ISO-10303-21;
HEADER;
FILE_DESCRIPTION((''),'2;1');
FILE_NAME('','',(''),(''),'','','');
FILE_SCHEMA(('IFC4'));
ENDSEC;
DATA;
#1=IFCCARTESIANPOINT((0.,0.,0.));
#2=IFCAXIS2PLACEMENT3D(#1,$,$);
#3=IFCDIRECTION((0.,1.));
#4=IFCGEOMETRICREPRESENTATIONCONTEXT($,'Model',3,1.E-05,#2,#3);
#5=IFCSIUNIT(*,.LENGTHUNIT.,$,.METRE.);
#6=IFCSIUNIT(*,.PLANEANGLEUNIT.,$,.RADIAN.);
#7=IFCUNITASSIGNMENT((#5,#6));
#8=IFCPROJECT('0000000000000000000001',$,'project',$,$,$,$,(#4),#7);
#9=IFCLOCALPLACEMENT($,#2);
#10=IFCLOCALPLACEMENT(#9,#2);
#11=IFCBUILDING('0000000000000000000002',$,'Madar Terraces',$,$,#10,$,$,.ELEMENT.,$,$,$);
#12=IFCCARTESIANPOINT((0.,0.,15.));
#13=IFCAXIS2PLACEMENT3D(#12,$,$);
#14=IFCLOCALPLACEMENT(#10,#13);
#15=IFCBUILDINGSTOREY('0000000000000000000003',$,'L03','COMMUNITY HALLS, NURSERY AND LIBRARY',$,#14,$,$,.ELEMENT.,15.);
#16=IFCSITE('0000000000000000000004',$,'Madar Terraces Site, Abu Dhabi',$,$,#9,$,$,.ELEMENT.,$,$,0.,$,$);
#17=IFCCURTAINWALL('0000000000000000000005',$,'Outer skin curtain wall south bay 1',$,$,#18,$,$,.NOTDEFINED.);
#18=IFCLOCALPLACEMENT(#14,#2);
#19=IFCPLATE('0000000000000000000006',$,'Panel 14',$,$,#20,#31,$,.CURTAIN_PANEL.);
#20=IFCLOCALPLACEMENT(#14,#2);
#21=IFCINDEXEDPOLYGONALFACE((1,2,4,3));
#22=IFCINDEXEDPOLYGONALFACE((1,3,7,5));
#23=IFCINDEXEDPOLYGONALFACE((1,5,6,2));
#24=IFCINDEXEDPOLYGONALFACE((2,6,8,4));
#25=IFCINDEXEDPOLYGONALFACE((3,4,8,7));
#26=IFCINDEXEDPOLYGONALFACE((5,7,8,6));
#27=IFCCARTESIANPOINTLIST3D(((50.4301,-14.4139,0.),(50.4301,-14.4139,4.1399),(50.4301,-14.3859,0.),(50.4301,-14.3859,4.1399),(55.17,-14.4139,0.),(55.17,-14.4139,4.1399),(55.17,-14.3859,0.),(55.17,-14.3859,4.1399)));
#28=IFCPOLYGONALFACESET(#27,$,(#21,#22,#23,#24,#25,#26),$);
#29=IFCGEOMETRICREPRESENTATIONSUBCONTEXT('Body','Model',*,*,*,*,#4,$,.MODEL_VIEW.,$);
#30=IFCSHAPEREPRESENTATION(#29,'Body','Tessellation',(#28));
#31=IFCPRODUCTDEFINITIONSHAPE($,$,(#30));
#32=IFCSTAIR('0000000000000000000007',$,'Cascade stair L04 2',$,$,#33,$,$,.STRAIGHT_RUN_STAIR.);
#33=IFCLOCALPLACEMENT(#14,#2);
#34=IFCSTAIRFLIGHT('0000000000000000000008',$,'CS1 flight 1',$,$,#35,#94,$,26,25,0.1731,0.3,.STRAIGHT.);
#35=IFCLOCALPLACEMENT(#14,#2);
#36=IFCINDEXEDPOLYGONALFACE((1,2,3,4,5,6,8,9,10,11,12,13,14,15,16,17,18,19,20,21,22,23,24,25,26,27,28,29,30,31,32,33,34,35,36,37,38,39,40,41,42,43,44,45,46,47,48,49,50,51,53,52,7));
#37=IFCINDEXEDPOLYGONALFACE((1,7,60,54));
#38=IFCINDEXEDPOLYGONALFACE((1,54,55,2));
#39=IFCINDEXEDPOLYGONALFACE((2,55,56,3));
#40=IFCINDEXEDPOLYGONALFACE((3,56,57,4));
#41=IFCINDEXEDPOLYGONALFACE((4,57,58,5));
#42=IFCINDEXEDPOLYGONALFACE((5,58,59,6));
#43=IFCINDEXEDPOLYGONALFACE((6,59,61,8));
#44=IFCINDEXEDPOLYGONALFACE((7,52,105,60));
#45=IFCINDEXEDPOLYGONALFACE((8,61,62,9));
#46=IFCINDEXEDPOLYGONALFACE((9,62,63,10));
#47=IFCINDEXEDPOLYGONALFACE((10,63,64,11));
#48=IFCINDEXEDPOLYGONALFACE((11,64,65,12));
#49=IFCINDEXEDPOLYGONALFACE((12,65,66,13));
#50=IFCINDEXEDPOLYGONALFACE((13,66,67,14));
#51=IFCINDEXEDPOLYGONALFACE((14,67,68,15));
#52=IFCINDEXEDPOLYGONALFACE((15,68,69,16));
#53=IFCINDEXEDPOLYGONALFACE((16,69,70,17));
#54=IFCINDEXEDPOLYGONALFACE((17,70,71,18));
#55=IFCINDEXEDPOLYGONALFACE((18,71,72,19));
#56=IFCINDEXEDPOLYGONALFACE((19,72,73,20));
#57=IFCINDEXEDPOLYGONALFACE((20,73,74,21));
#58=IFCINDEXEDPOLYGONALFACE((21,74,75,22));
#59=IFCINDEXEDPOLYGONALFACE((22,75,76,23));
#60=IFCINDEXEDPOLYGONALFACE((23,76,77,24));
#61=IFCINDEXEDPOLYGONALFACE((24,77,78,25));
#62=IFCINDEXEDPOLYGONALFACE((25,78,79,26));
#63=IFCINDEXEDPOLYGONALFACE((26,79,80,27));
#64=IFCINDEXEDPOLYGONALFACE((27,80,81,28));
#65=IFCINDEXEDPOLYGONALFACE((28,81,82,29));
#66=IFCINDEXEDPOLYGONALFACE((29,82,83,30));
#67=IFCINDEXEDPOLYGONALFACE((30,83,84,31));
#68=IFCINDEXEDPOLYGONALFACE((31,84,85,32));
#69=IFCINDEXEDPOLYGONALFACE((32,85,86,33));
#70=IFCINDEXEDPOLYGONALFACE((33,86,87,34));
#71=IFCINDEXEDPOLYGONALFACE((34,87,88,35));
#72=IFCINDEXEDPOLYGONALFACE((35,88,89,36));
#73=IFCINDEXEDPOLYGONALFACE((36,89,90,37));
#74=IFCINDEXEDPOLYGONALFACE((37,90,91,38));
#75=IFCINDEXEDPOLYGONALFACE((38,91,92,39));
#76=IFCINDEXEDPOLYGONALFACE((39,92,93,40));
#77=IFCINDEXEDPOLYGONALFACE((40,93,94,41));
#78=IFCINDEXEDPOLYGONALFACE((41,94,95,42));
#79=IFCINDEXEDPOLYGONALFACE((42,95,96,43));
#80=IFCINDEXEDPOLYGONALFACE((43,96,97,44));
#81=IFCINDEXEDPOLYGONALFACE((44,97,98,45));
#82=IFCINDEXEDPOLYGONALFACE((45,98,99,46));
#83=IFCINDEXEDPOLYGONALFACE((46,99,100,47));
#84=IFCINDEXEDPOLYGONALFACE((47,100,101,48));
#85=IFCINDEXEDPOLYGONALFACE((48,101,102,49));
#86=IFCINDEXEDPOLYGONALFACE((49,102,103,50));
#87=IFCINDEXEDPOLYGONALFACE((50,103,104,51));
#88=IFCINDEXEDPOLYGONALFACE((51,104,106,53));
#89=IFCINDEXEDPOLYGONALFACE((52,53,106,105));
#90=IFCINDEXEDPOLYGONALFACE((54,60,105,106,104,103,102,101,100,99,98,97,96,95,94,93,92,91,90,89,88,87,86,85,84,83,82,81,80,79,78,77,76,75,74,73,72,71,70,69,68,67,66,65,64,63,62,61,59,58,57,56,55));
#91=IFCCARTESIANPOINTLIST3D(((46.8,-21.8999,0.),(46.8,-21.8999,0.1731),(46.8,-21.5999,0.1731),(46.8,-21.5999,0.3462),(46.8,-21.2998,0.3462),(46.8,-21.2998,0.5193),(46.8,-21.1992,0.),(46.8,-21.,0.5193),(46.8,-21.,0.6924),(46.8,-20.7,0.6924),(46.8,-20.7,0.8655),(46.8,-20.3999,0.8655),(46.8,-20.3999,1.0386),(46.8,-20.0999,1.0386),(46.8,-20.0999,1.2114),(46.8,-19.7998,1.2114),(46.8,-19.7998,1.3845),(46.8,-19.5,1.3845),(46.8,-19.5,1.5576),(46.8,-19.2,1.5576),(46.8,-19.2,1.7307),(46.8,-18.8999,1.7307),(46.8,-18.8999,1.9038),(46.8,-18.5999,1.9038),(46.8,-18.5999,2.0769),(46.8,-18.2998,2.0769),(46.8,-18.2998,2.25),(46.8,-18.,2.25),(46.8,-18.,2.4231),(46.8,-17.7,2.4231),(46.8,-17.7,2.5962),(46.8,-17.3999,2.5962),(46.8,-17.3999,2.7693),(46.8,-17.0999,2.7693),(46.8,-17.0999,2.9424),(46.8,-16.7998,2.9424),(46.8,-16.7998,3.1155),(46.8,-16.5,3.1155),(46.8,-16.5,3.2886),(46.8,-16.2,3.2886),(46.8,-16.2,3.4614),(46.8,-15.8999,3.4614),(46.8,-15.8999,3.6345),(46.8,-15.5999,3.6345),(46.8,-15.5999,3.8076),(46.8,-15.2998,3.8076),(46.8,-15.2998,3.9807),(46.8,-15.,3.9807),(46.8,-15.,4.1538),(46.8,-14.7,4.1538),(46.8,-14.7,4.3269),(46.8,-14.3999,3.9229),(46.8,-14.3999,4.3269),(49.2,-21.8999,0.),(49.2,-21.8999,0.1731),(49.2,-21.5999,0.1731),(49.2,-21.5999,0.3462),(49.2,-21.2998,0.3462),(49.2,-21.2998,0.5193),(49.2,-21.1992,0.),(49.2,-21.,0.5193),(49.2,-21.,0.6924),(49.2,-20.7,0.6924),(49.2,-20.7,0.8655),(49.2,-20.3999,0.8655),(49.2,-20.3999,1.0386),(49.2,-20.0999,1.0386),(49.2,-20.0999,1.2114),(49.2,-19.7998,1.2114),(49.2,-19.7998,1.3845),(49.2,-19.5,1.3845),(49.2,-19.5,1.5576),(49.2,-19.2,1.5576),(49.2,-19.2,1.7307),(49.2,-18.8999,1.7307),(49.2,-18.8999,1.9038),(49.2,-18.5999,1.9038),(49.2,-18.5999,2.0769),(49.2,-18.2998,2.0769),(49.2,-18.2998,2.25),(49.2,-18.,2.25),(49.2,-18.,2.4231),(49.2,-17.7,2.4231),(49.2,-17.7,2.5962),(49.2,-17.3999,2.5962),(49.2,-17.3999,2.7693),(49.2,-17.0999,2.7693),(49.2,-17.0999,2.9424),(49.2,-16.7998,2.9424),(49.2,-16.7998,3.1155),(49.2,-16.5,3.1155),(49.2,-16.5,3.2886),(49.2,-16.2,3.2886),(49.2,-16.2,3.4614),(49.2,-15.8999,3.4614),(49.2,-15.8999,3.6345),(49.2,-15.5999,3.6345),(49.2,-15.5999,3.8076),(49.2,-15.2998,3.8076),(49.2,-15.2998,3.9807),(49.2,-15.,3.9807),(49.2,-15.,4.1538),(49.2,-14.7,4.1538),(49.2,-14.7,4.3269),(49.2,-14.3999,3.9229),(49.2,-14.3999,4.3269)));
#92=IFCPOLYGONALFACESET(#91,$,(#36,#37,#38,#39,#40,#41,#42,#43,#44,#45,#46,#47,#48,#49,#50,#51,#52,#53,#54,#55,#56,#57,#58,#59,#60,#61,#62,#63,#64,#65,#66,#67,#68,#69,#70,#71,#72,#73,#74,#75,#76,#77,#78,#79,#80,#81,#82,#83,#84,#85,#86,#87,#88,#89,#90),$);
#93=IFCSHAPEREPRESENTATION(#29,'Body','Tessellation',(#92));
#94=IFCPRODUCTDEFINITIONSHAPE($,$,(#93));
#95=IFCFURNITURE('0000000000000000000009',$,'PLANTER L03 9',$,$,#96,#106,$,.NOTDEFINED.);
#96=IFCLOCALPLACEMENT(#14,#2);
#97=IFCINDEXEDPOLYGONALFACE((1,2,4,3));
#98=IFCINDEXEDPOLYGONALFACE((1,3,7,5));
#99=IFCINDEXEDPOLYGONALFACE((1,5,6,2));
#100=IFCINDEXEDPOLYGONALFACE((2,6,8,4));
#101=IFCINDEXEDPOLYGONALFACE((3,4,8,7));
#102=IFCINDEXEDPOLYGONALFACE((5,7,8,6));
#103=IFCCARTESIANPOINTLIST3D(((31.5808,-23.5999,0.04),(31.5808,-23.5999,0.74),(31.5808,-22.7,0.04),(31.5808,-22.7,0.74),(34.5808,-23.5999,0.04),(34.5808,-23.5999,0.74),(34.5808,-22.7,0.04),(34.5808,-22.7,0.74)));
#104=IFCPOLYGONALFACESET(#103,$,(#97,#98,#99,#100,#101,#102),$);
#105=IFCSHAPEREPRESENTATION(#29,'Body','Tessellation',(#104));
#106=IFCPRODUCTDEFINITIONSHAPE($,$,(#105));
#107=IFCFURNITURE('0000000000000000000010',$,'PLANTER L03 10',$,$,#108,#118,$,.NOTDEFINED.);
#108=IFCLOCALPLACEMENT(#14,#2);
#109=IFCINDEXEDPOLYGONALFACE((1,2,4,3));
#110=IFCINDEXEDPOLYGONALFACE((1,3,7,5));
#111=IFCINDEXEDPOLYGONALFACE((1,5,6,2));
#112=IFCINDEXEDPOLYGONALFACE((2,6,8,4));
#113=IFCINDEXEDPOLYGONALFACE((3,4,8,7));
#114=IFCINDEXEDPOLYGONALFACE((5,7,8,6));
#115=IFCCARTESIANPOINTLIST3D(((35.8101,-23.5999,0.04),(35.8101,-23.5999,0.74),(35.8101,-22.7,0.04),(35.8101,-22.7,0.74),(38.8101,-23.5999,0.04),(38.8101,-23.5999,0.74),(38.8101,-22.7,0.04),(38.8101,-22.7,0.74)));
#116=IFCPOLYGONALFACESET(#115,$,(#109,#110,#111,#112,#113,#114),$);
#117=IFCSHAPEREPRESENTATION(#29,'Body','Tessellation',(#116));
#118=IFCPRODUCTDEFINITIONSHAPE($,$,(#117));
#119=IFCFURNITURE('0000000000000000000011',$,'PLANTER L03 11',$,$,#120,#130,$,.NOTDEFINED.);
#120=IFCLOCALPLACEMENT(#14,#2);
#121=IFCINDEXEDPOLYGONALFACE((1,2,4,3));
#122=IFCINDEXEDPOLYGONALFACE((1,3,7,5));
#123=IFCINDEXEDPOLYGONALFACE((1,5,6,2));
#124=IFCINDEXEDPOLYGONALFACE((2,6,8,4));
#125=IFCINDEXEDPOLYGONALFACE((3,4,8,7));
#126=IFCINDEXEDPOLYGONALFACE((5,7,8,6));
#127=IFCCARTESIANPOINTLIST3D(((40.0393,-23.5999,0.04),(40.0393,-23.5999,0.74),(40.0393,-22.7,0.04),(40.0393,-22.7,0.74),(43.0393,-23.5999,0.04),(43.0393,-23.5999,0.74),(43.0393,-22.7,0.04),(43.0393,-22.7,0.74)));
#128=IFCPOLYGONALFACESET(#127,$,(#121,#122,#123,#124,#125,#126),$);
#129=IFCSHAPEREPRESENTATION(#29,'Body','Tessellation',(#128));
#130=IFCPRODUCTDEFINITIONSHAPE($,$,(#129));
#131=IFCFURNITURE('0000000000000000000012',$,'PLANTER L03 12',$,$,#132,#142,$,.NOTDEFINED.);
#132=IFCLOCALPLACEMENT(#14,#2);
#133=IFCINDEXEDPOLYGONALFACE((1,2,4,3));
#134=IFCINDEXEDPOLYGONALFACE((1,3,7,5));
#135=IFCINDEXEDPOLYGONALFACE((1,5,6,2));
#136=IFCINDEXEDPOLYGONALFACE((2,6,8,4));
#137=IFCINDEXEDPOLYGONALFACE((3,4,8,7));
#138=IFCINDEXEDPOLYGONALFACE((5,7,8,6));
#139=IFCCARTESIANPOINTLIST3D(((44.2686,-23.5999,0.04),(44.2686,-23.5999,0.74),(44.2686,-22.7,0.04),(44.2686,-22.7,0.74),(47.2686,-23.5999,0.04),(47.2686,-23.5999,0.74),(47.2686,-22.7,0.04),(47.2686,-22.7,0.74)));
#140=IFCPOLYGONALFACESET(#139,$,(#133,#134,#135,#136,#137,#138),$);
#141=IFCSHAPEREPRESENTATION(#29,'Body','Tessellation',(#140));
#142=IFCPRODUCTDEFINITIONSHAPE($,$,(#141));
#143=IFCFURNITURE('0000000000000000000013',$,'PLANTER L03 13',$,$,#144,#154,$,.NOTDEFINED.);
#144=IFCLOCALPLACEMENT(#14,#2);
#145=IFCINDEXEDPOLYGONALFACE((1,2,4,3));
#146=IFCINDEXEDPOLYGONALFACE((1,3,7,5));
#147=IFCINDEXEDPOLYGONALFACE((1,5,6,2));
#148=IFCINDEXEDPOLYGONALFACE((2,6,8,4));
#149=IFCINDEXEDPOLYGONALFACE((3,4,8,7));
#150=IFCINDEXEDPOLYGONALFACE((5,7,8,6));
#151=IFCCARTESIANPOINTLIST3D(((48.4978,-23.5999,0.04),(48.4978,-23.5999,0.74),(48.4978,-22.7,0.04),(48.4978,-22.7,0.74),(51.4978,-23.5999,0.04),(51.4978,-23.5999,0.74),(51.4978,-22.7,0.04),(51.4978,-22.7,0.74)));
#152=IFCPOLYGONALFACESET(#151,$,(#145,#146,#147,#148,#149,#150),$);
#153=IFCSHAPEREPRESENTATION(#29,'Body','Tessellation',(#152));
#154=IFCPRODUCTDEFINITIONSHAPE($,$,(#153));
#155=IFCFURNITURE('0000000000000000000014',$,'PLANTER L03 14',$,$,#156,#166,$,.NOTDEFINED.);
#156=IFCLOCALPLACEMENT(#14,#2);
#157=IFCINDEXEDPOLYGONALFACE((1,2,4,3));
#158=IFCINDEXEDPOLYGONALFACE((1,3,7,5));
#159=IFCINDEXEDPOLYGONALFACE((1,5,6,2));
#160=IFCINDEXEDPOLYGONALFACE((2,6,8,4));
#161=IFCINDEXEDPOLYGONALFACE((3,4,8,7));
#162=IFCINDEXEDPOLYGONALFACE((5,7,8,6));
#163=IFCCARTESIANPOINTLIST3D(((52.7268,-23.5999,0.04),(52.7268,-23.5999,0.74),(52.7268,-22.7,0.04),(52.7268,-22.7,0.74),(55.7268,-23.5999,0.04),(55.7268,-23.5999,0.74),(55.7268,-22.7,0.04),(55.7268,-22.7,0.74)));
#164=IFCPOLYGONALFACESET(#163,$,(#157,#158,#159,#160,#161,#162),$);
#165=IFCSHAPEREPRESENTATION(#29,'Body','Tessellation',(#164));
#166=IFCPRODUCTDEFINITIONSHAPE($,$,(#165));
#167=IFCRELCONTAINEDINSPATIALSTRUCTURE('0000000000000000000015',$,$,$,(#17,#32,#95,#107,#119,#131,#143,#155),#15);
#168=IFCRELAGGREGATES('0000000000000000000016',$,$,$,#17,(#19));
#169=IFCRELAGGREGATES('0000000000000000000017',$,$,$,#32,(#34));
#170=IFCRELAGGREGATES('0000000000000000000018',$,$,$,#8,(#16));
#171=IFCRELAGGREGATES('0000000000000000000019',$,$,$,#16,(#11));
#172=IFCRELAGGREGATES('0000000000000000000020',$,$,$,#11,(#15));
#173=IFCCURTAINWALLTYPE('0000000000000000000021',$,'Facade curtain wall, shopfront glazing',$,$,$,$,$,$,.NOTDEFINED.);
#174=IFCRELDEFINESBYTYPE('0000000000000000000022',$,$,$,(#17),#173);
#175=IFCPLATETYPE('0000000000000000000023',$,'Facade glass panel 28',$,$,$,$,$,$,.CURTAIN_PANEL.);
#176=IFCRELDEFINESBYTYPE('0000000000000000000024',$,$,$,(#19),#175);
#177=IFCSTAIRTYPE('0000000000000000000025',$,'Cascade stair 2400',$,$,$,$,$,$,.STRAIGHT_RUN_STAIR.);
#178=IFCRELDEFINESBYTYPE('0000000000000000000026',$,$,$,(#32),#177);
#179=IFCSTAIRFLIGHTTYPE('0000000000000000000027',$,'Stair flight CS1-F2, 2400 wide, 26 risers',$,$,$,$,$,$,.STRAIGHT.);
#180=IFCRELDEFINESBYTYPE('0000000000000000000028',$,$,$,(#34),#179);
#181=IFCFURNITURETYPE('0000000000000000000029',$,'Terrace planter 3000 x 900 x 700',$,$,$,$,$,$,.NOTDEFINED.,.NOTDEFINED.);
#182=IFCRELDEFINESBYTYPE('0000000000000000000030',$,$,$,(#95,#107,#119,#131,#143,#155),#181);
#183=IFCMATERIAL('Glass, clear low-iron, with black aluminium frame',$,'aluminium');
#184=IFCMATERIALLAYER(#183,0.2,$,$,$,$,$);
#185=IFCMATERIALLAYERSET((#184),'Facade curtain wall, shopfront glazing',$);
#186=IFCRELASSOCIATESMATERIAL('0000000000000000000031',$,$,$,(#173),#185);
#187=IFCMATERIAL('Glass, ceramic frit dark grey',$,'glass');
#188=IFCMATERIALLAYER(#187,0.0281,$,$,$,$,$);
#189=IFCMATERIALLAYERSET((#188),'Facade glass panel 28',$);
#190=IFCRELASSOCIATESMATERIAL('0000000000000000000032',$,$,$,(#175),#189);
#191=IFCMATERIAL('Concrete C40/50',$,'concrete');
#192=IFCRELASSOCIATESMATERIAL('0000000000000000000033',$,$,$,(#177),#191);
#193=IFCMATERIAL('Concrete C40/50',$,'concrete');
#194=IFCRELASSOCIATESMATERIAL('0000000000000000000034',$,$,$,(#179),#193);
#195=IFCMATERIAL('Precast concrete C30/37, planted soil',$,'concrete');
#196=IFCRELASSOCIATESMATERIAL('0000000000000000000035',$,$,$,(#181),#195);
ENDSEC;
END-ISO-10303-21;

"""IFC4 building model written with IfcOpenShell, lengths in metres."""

from ifc_helpers import new_model, si_unit, direction, frame, origin, origin_2d, place, context, subcontext, project, spatial, polyline, rectangle, outline, extrude, material, layer, layer_set, type_object, element, aggregate, save


model = new_model("IFC4")

# Units and contexts
model_context = context("Model", 3, precision=1e-05, world=origin(), true_north=direction((0.0, 1.0)))
body_context = subcontext(model_context, "Body", "Model", "MODEL_VIEW")
ifc_project = project(units=[si_unit("LENGTHUNIT", "METRE"), si_unit("PLANEANGLEUNIT", "RADIAN")], contexts=[model_context])

# Site, building, storey
site_placement = place(None, origin())
site = spatial("IfcSite", under=ifc_project, at=site_placement, Name="Madar Terraces Site, Abu Dhabi", CompositionType="ELEMENT", RefElevation=0.0)
building_placement = place(site_placement, origin())
building = spatial("IfcBuilding", under=site, at=building_placement, Name="Madar Terraces", CompositionType="ELEMENT")
storey_placement = place(building_placement, frame((0.0, 0.0, 15.0)))
storey = spatial("IfcBuildingStorey", under=building, at=storey_placement, Name="L03", Description="COMMUNITY HALLS, NURSERY AND LIBRARY", CompositionType="ELEMENT", Elevation=15.0)

# Curtain wall, plate
ifc_material_1 = material(Name="Glass, clear low-iron, with black aluminium frame", Category="aluminium")
ifc_layer_1 = layer(ifc_material_1, 0.2)
ifc_layer_set_1 = layer_set([ifc_layer_1], Name="Facade curtain wall, shopfront glazing")
curtain_wall_type = type_object("IfcCurtainWallType", Name="Facade curtain wall, shopfront glazing", PredefinedType="NOTDEFINED", material=ifc_layer_set_1)
curtain_wall_placement = place(storey_placement, origin())
curtain_wall = element("IfcCurtainWall", 1, at=curtain_wall_placement, inside=storey, type_object=curtain_wall_type, Name="Outer skin curtain wall south bay 1", PredefinedType="NOTDEFINED")
ifc_material_2 = material(Name="Glass, ceramic frit dark grey", Category="glass")
ifc_layer_2 = layer(ifc_material_2, 0.0281)
ifc_layer_set_2 = layer_set([ifc_layer_2], Name="Facade glass panel 28")
plate_type = type_object("IfcPlateType", Name="Facade glass panel 28", PredefinedType="CURTAIN_PANEL", material=ifc_layer_set_2)
plate_1_placement = place(storey_placement, frame((52.8, -14.3999, 0.0), z_axis=(0.0, 0.0, 1.0), x_axis=(1.0, 0.0, 0.0)))
plate_1 = element("IfcPlate", 2, at=plate_1_placement, type_object=plate_type, Name="Panel 14", PredefinedType="CURTAIN_PANEL", context=body_context, shape_type="SweptSolid", body=[
    extrude(rectangle(XDim=4.74, YDim=0.0281, at=origin_2d()), origin(), (0.0, 0.0, 1.0), 4.1399),
])
aggregate(curtain_wall, [plate_1])

# Stair, stair flight
ifc_material_3 = material(Name="Concrete C40/50", Category="concrete")
stair_type = type_object("IfcStairType", Name="Cascade stair 2400", PredefinedType="STRAIGHT_RUN_STAIR", material=ifc_material_3)
stair_placement = place(storey_placement, origin())
stair = element("IfcStair", 3, at=stair_placement, inside=storey, type_object=stair_type, Name="Cascade stair L04 2", PredefinedType="STRAIGHT_RUN_STAIR")
ifc_material_4 = material(Name="Concrete C40/50", Category="concrete")
stair_flight_type = type_object("IfcStairFlightType", Name="Stair flight CS1-F2, 2400 wide, 26 risers", PredefinedType="STRAIGHT", material=ifc_material_4)
stair_flight_placement = place(storey_placement, frame((48.0, -21.8999, 0.0), z_axis=(0.0, 0.0, 1.0), x_axis=(0.0, 1.0, 0.0)))
stair_flight = element("IfcStairFlight", 4, at=stair_flight_placement, type_object=stair_flight_type, Name="CS1 flight 1", NumberOfRisers=26, NumberOfTreads=25, PredefinedType="STRAIGHT", RiserHeight=0.1731, TreadLength=0.3, context=body_context, shape_type="SweptSolid", body=[
    extrude(outline(polyline([(0.0, 0.0), (0.0, 0.1731), (0.3, 0.1731), (0.3, 0.3462), (0.6001, 0.3462), (0.6001, 0.5193), (0.8999, 0.5193), (0.8999, 0.6924), (1.2, 0.6924), (1.2, 0.8655), (1.5, 0.8655), (1.5, 1.0386), (1.8, 1.0386), (1.8, 1.2114), (2.1001, 1.2114), (2.1001, 1.3845), (2.3999, 1.3845), (2.3999, 1.5576), (2.7, 1.5576), (2.7, 1.7307), (3.0, 1.7307), (3.0, 1.9038), (3.3, 1.9038), (3.3, 2.0769), (3.6001, 2.0769), (3.6001, 2.25), (3.8999, 2.25), (3.8999, 2.4231), (4.2, 2.4231), (4.2, 2.5962), (4.5, 2.5962), (4.5, 2.7693), (4.8, 2.7693), (4.8, 2.9424), (5.1001, 2.9424), (5.1001, 3.1155), (5.3999, 3.1155), (5.3999, 3.2886), (5.7, 3.2886), (5.7, 3.4614), (6.0, 3.4614), (6.0, 3.6345), (6.3, 3.6345), (6.3, 3.8076), (6.6001, 3.8076), (6.6001, 3.9807), (6.8999, 3.9807), (6.8999, 4.1538), (7.2, 4.1538), (7.2, 4.3269), (7.5, 4.3269), (7.5, 4.5), (7.5, 3.9229), (0.7007, 0.0), (0.0, 0.0)])), frame((0.0, 1.2, 0.0), z_axis=(0.0, -1.0, 0.0), x_axis=(1.0, 0.0, 0.0)), (0.0, 0.0, 1.0), 2.3999),
])
aggregate(stair, [stair_flight])

# Furniture
ifc_material_5 = material(Name="Precast concrete C30/37, planted soil", Category="concrete")
furniture_type = type_object("IfcFurnitureType", Name="Terrace planter 3000 x 900 x 700", AssemblyPlace="NOTDEFINED", PredefinedType="NOTDEFINED", material=ifc_material_5)
for number, where, z_axis, x_axis, name in (
    (5, (33.0808, -23.1499, 0.04), (0.0, 0.0, 1.0), (1.0, 0.0, 0.0), "PLANTER L03 9"),
    (6, (37.3101, -23.1499, 0.04), (0.0, 0.0, 1.0), (1.0, 0.0, 0.0), "PLANTER L03 10"),
    (7, (41.5393, -23.1499, 0.04), (0.0, 0.0, 1.0), (1.0, 0.0, 0.0), "PLANTER L03 11"),
    (8, (45.7686, -23.1499, 0.04), (0.0, 0.0, 1.0), (1.0, 0.0, 0.0), "PLANTER L03 12"),
    (9, (49.9978, -23.1499, 0.04), (0.0, 0.0, 1.0), (1.0, 0.0, 0.0), "PLANTER L03 13"),
    (10, (54.2268, -23.1499, 0.04), (0.0, 0.0, 1.0), (1.0, 0.0, 0.0), "PLANTER L03 14"),
):
    element("IfcFurniture", number, at=place(storey_placement, frame(where, z_axis=z_axis, x_axis=x_axis)), inside=storey, type_object=furniture_type, Name=name, PredefinedType="NOTDEFINED", context=body_context, shape_type="SweptSolid", body=[
        extrude(rectangle(XDim=3.0, YDim=0.8999, at=origin_2d()), origin(), (0.0, 0.0, 1.0), 0.7),
    ])

save(model, "model.ifc")
